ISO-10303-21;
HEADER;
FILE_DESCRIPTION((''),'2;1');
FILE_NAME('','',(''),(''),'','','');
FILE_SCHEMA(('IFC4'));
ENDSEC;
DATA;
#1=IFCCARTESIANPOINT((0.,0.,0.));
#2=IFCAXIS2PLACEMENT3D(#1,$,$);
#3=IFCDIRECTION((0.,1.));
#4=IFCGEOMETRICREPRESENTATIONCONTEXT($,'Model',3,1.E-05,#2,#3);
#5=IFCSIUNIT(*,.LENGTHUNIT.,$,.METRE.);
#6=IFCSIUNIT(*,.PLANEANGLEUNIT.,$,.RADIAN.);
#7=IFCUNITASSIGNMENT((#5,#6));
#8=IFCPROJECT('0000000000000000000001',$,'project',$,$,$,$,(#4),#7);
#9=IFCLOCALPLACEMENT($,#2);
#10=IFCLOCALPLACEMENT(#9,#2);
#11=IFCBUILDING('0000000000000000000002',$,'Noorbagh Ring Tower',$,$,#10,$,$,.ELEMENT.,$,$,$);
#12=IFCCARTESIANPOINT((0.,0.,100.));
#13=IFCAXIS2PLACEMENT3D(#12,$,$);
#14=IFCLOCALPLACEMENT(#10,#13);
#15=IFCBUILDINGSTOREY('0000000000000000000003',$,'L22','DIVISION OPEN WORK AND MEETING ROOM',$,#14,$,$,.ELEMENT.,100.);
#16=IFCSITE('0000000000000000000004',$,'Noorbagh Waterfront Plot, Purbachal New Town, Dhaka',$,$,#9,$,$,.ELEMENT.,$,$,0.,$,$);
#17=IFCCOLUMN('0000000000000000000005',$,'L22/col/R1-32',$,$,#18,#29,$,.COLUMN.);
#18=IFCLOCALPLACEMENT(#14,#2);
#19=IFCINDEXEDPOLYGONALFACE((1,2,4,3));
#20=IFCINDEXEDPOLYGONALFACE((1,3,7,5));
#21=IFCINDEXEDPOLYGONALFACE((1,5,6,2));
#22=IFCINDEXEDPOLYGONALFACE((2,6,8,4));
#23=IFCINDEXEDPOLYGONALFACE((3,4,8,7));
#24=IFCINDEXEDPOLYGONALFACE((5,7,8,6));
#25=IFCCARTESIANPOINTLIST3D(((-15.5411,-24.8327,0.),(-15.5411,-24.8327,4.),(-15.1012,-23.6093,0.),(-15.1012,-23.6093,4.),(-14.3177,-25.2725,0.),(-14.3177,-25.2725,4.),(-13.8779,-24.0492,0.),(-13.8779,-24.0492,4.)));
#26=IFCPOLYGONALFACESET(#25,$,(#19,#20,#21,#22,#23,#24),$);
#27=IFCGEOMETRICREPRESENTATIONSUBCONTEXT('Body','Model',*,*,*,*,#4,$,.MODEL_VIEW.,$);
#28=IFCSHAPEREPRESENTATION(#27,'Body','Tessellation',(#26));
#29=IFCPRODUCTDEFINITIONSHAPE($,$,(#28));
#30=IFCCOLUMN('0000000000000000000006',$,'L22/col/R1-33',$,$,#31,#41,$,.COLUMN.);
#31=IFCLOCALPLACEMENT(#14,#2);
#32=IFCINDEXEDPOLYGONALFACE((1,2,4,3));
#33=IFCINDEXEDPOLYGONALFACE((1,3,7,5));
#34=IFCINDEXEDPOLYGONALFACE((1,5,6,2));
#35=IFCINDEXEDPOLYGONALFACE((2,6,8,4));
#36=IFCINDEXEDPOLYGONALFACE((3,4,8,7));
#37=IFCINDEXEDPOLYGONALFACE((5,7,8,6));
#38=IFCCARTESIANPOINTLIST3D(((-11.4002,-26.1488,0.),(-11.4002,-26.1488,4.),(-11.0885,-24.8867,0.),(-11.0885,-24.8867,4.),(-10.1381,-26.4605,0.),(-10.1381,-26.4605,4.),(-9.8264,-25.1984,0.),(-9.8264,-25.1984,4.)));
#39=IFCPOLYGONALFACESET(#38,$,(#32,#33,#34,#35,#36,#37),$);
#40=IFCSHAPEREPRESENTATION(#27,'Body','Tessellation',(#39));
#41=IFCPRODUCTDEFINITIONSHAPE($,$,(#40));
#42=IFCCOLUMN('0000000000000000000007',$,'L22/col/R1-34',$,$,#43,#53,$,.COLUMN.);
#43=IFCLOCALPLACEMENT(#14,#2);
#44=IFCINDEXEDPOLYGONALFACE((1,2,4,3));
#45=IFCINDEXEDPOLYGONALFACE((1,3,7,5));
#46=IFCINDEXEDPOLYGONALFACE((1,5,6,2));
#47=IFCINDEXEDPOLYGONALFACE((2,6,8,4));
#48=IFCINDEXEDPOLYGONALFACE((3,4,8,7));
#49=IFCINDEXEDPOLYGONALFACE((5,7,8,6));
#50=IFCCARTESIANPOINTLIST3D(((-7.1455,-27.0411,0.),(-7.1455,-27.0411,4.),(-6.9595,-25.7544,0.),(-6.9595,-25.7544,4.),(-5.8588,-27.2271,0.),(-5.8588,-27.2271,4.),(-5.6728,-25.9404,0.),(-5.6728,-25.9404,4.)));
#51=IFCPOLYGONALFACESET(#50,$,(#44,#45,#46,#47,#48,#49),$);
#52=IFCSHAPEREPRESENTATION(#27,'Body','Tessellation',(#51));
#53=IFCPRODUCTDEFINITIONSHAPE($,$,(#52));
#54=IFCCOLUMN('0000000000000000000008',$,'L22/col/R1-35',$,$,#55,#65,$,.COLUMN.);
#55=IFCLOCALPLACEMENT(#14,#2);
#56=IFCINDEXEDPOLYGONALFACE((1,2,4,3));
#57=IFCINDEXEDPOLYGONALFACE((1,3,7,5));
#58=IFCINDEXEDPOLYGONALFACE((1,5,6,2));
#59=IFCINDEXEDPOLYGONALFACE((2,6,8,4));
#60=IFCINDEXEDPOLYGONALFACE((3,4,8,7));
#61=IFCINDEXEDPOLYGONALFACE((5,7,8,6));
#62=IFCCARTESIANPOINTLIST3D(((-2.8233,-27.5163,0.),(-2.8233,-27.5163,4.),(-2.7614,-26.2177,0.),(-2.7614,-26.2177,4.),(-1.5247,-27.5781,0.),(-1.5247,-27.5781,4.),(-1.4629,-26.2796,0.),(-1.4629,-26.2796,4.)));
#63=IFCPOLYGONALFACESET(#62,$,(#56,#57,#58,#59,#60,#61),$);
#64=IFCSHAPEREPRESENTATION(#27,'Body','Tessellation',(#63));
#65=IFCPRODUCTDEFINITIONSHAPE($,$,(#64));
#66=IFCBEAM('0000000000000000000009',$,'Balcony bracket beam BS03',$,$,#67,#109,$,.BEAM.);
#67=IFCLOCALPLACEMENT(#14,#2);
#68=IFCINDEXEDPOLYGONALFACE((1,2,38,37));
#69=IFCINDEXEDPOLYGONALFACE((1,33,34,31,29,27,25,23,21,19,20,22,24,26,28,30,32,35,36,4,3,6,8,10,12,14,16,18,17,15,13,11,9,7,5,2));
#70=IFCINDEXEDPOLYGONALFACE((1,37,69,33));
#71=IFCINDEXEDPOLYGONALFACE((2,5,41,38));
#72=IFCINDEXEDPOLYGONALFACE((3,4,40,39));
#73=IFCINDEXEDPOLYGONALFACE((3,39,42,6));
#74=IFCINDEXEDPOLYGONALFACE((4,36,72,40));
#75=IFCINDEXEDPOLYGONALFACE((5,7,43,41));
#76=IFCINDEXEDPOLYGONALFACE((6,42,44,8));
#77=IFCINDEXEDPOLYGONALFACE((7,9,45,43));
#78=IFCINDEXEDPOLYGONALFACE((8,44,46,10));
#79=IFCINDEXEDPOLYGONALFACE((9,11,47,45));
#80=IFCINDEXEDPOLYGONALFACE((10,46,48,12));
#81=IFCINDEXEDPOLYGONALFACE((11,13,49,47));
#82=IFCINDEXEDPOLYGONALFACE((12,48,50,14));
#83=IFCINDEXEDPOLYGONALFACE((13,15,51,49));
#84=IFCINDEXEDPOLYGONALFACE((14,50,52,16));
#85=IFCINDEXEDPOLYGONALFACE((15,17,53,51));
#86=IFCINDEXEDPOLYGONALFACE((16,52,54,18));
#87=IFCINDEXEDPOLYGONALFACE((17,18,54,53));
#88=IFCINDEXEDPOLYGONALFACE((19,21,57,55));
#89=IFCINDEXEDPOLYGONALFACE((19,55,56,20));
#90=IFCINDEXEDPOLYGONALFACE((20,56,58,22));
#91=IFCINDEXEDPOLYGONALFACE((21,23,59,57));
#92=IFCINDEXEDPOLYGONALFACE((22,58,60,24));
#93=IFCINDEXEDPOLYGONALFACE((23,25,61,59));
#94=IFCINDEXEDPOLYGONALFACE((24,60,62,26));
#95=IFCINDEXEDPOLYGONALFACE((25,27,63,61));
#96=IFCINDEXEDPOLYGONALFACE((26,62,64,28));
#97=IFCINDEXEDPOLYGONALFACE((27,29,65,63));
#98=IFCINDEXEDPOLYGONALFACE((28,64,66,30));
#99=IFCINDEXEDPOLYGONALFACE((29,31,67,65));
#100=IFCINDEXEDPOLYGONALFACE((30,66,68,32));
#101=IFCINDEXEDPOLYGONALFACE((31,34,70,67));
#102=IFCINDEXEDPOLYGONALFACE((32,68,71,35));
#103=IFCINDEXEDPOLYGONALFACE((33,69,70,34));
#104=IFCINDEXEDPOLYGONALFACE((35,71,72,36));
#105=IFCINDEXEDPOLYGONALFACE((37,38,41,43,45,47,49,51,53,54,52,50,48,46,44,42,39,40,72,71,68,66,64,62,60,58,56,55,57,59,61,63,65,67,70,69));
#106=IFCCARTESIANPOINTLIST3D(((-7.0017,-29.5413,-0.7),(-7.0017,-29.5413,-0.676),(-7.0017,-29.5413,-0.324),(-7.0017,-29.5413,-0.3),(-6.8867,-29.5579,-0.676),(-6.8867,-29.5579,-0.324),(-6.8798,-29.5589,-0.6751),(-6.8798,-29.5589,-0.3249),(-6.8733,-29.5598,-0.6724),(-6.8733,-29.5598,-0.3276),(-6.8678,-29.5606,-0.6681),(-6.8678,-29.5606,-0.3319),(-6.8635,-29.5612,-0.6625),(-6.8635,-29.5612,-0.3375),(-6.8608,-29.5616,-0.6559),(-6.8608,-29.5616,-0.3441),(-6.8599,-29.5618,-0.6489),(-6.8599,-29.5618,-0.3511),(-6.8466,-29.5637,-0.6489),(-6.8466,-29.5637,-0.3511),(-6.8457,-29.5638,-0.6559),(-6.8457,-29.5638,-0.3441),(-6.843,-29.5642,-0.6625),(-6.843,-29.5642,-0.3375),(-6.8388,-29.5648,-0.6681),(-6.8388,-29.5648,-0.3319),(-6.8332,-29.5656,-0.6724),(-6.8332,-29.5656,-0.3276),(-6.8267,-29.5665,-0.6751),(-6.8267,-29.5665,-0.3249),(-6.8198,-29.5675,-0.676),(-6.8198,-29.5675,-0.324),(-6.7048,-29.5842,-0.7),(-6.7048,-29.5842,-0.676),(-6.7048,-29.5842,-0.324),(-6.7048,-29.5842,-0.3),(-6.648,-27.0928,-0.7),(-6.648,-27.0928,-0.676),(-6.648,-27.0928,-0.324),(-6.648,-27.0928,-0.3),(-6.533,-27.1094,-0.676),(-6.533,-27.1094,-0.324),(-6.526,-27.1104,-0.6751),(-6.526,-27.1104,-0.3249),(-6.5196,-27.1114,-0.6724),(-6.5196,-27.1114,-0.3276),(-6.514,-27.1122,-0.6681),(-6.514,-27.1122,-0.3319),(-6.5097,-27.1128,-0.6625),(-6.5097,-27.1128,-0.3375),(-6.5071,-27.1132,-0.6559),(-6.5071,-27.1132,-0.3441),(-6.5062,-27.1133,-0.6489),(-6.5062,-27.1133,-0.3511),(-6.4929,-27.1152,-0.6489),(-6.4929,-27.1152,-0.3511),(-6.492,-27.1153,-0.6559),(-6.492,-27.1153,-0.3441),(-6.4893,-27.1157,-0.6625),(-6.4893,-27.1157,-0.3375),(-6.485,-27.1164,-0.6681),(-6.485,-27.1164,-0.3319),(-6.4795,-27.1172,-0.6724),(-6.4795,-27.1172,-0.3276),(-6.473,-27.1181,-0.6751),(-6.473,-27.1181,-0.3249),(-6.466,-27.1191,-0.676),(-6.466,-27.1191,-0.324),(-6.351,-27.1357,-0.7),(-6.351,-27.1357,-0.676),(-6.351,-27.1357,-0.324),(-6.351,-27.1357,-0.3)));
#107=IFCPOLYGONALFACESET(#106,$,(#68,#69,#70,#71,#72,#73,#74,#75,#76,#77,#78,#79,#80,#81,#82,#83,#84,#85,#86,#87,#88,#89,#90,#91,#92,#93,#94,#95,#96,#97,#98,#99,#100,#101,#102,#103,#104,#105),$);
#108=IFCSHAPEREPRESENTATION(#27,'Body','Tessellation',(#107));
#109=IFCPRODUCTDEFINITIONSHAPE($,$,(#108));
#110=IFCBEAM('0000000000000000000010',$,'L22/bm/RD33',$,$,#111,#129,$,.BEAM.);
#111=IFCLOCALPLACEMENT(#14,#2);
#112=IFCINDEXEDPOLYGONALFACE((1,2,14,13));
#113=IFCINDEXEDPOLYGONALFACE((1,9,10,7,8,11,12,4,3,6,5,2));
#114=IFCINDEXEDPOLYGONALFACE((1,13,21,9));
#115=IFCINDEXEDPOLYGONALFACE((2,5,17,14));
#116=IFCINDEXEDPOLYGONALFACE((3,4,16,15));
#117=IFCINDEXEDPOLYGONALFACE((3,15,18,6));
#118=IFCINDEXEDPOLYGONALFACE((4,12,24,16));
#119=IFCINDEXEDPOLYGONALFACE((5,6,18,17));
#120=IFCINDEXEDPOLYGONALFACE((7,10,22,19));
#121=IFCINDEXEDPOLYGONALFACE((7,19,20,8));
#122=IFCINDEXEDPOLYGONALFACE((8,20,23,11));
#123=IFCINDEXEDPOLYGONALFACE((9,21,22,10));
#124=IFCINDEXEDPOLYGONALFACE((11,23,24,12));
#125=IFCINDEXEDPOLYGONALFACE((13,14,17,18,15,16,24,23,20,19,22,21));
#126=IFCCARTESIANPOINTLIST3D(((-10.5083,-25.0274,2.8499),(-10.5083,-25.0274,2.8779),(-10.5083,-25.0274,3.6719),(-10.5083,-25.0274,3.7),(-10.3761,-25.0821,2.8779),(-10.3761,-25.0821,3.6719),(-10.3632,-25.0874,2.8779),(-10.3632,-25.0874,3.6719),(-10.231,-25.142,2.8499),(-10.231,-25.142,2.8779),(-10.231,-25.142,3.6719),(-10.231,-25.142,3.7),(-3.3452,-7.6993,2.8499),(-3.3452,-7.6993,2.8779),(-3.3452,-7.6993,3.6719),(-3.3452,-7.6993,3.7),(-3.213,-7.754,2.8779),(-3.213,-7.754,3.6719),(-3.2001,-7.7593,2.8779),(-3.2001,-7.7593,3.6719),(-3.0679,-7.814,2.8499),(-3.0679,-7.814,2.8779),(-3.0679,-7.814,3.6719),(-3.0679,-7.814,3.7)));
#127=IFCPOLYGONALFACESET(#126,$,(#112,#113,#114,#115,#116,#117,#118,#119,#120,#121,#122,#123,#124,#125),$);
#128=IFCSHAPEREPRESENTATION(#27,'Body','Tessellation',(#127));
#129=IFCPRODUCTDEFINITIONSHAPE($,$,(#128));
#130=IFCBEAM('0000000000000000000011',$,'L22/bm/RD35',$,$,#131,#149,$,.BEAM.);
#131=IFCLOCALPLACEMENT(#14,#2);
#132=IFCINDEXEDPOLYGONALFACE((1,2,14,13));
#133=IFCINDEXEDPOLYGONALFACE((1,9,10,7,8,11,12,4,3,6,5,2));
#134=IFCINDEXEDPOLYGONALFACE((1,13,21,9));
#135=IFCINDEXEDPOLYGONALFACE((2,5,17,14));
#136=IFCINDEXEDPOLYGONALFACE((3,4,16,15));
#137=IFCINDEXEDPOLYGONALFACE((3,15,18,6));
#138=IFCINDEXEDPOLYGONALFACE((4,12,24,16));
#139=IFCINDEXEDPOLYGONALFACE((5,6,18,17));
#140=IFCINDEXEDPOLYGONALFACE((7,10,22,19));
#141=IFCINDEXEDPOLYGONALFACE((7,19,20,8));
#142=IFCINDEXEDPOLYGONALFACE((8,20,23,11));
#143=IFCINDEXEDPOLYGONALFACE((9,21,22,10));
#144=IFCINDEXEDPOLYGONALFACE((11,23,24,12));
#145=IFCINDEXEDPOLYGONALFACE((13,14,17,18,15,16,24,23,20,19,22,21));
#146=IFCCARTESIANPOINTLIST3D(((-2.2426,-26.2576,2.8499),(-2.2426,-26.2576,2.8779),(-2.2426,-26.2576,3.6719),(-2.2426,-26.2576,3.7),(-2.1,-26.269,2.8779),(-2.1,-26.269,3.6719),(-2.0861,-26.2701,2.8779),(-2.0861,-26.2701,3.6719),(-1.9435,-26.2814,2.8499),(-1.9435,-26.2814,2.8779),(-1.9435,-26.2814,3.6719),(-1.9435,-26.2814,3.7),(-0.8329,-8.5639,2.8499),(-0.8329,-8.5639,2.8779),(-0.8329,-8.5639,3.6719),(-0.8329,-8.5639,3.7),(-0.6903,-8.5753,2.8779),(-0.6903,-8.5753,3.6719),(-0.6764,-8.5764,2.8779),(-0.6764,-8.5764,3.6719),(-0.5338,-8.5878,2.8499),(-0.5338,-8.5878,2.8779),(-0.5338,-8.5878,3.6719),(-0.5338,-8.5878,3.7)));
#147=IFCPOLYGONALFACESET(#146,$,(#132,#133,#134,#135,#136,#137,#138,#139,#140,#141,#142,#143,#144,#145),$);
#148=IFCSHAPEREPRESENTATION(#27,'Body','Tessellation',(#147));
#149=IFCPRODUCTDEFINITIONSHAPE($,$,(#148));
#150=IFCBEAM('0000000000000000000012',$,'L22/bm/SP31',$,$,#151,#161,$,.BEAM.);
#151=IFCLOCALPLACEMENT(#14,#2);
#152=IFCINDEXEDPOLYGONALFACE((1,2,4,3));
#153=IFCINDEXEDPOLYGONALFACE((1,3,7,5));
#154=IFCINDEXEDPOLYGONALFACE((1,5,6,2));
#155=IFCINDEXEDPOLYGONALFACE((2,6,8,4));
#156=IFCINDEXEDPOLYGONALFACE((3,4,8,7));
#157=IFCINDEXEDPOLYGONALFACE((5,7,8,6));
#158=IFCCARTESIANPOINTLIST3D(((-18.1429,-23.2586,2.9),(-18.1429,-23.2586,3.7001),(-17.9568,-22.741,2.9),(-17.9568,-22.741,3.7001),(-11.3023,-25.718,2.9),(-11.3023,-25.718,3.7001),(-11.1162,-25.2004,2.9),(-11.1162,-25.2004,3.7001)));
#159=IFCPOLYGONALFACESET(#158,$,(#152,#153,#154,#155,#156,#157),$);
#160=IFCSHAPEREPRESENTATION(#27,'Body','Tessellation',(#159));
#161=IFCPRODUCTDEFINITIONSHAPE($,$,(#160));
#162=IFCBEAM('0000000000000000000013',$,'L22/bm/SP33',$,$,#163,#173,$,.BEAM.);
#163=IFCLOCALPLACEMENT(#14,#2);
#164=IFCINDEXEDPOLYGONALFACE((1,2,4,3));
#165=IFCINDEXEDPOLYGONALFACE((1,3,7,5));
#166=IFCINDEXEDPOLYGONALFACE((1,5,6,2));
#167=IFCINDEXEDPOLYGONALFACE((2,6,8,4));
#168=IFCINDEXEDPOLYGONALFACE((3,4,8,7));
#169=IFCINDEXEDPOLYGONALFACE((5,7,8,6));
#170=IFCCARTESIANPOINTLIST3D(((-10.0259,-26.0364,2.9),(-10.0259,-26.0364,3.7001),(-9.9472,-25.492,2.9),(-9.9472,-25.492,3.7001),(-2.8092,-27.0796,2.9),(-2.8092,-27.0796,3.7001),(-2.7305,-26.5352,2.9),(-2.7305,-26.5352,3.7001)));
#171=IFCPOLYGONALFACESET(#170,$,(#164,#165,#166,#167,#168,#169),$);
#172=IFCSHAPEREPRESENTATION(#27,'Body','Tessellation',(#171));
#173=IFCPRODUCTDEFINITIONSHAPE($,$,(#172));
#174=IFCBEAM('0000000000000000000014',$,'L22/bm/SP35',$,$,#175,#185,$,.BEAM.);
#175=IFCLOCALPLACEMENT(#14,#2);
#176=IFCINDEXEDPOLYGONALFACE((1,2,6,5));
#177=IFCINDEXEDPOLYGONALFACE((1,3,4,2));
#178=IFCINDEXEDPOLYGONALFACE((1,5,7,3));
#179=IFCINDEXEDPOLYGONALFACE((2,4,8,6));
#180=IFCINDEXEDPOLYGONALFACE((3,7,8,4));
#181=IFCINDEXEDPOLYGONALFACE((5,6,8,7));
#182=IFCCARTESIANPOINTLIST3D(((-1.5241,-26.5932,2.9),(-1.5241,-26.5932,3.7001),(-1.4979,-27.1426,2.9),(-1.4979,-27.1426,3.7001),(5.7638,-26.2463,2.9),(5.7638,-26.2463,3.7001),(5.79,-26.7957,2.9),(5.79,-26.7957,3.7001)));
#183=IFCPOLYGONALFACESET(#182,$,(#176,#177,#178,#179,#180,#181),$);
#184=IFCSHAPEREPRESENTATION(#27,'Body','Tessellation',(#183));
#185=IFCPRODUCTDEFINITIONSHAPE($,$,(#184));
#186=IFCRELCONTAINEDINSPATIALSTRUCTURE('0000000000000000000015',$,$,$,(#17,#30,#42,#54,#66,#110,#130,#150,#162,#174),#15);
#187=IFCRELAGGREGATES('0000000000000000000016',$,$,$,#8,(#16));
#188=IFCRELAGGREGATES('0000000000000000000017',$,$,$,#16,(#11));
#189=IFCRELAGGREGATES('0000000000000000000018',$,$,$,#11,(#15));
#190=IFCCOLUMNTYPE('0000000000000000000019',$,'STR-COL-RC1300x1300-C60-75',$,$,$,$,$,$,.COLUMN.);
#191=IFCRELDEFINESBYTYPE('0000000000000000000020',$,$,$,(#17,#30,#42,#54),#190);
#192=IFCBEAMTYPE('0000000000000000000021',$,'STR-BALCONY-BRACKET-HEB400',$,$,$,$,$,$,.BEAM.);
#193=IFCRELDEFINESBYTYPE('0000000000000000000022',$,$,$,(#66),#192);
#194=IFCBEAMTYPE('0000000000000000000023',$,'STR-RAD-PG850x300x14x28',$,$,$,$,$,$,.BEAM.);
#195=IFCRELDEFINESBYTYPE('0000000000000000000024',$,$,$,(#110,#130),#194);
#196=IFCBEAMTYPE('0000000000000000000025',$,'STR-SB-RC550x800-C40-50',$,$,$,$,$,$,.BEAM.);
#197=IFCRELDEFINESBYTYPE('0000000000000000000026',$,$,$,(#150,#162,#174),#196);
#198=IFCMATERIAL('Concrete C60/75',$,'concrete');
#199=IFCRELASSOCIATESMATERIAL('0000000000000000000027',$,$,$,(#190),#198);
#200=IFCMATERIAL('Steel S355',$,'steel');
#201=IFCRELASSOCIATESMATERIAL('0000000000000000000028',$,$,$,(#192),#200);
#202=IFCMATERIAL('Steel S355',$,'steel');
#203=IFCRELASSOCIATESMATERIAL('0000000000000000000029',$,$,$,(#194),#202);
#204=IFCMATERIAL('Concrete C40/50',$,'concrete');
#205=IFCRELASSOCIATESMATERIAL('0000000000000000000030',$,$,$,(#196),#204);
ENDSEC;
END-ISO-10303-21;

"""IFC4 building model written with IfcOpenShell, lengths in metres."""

from ifc_helpers import new_model, si_unit, direction, frame, origin, origin_2d, place, context, subcontext, project, spatial, rectangle, i_section, extrude, material, material_profile, profile_set, type_object, element, save


model = new_model("IFC4")

# Units and contexts
model_context = context("Model", 3, precision=1e-05, world=origin(), true_north=direction((0.0, 1.0)))
body_context = subcontext(model_context, "Body", "Model", "MODEL_VIEW")
ifc_project = project(units=[si_unit("LENGTHUNIT", "METRE"), si_unit("PLANEANGLEUNIT", "RADIAN")], contexts=[model_context])

# Site, building, storey
site_placement = place(None, origin())
site = spatial("IfcSite", under=ifc_project, at=site_placement, Name="Noorbagh Waterfront Plot, Purbachal New Town, Dhaka", CompositionType="ELEMENT", RefElevation=0.0)
building_placement = place(site_placement, origin())
building = spatial("IfcBuilding", under=site, at=building_placement, Name="Noorbagh Ring Tower", CompositionType="ELEMENT")
storey_placement = place(building_placement, frame((0.0, 0.0, 100.0)))
storey = spatial("IfcBuildingStorey", under=building, at=storey_placement, Name="L22", Description="DIVISION OPEN WORK AND MEETING ROOM", CompositionType="ELEMENT", Elevation=100.0)

# Columns
ifc_material_1 = material(Name="Concrete C60/75", Category="concrete")
ifc_material_profile_1 = material_profile(ifc_material_1, rectangle(XDim=1.3, YDim=1.3, at=origin_2d()), Name="RC1300x1300")
ifc_profile_set_1 = profile_set([ifc_material_profile_1], Name="Concrete C60/75")
column_type = type_object("IfcColumnType", Name="STR-COL-RC1300x1300-C60-75", PredefinedType="COLUMN", material=ifc_profile_set_1)
for number, where, z_axis, x_axis, name in (
    (1, (-14.7095, -24.4409, 0.0), (0.0, 0.0, 1.0), (0.941025, -0.338338, 0.0), "L22/col/R1-32"),
    (2, (-10.6133, -25.6736, 0.0), (0.0, 0.0, 1.0), (0.970829, -0.239771, 0.0), "L22/col/R1-33"),
    (3, (-6.4092, -26.4907, 0.0), (0.0, 0.0, 1.0), (0.989713, -0.143066, 0.0), "L22/col/R1-34"),
    (4, (-2.1431, -26.8979, 0.0), (0.0, 0.0, 1.0), (0.998869, -0.047553, 0.0), "L22/col/R1-35"),
):
    element("IfcColumn", number, at=place(storey_placement, frame(where, z_axis=z_axis, x_axis=x_axis)), inside=storey, type_object=column_type, Name=name, PredefinedType="COLUMN", context=body_context, shape_type="SweptSolid", body=[
        extrude(rectangle(XDim=1.3, YDim=1.3, at=origin_2d()), origin(), (0.0, 0.0, 1.0), 4.0),
    ])

# Beams
ifc_material_2 = material(Name="Steel S355", Category="steel")
ifc_material_profile_2 = material_profile(ifc_material_2, i_section(OverallWidth=0.3, OverallDepth=0.3999, WebThickness=0.0134, FlangeThickness=0.0239, FilletRadius=0.0271, at=origin_2d()), Name="HEB400")
ifc_profile_set_2 = profile_set([ifc_material_profile_2], Name="Steel S355")
beam_type_1 = type_object("IfcBeamType", Name="STR-BALCONY-BRACKET-HEB400", PredefinedType="BEAM", material=ifc_profile_set_2)
beam_1_placement = place(storey_placement, frame((-6.4995, -27.1143, -0.5), z_axis=(-0.142996, -0.989723, 0.0), x_axis=(0.989723, -0.142996, 0.0)))
element("IfcBeam", 5, at=beam_1_placement, inside=storey, type_object=beam_type_1, Name="Balcony bracket beam BS03", PredefinedType="BEAM", context=body_context, shape_type="SweptSolid", body=[
    extrude(i_section(OverallWidth=0.3, OverallDepth=0.3999, WebThickness=0.0134, FlangeThickness=0.0239, FilletRadius=0.0271, at=origin_2d()), origin(), (0.0, 0.0, 1.0), 2.4739),
])
ifc_material_3 = material(Name="Steel S355", Category="steel")
ifc_material_profile_3 = material_profile(ifc_material_3, i_section(OverallWidth=0.3, OverallDepth=0.8501, WebThickness=0.0139, FlangeThickness=0.0281, at=origin_2d()), Name="PG850x300x14x28")
ifc_profile_set_3 = profile_set([ifc_material_profile_3], Name="Steel S355")
beam_type_2 = type_object("IfcBeamType", Name="STR-RAD-PG850x300x14x28", PredefinedType="BEAM", material=ifc_profile_set_3)
beam_2_placement = place(storey_placement, frame((-10.3696, -25.0847, 3.2749), z_axis=(0.382025, 0.924152, 0.0), x_axis=(-0.924152, 0.382025, 0.0)))
element("IfcBeam", 6, at=beam_2_placement, inside=storey, type_object=beam_type_2, Name="L22/bm/RD33", PredefinedType="BEAM", context=body_context, shape_type="SweptSolid", body=[
    extrude(i_section(OverallWidth=0.3, OverallDepth=0.8501, WebThickness=0.0139, FlangeThickness=0.0281, at=origin_2d()), origin(), (0.0, 0.0, 1.0), 18.7502),
])
beam_3_placement = place(storey_placement, frame((-2.093, -26.2695, 3.2749), z_axis=(0.079419, 0.996841, 0.0), x_axis=(-0.996841, 0.079419, 0.0)))
element("IfcBeam", 7, at=beam_3_placement, inside=storey, type_object=beam_type_2, Name="L22/bm/RD35", PredefinedType="BEAM", context=body_context, shape_type="SweptSolid", body=[
    extrude(i_section(OverallWidth=0.3, OverallDepth=0.8501, WebThickness=0.0139, FlangeThickness=0.0281, at=origin_2d()), origin(), (0.0, 0.0, 1.0), 17.7498),
])
ifc_material_4 = material(Name="Concrete C40/50", Category="concrete")
ifc_material_profile_4 = material_profile(ifc_material_4, rectangle(XDim=0.55, YDim=0.8, at=origin_2d()), Name="RC550x800")
ifc_profile_set_4 = profile_set([ifc_material_profile_4], Name="Concrete C40/50")
beam_type_3 = type_object("IfcBeamType", Name="STR-SB-RC550x800-C40-50", PredefinedType="BEAM", material=ifc_profile_set_4)
beam_4_placement = place(storey_placement, frame((-18.0498, -22.9998, 3.3), z_axis=(0.941025, -0.338338, 0.0), x_axis=(0.338338, 0.941025, 0.0)))
element("IfcBeam", 8, at=beam_4_placement, inside=storey, type_object=beam_type_3, Name="L22/bm/SP31", PredefinedType="BEAM", context=body_context, shape_type="SweptSolid", body=[
    extrude(rectangle(XDim=0.55, YDim=0.8, at=origin_2d()), origin(), (0.0, 0.0, 1.0), 7.2693),
])
beam_5_placement = place(storey_placement, frame((-9.9866, -25.7642, 3.3), z_axis=(0.989713, -0.143066, 0.0), x_axis=(0.143066, 0.989713, 0.0)))
element("IfcBeam", 9, at=beam_5_placement, inside=storey, type_object=beam_type_3, Name="L22/bm/SP33", PredefinedType="BEAM", context=body_context, shape_type="SweptSolid", body=[
    extrude(rectangle(XDim=0.55, YDim=0.8, at=origin_2d()), origin(), (0.0, 0.0, 1.0), 7.2917),
])
beam_6_placement = place(storey_placement, frame((-1.511, -26.8679, 3.3), z_axis=(0.998869, 0.047549, 0.0), x_axis=(-0.047549, 0.998869, 0.0)))
element("IfcBeam", 10, at=beam_6_placement, inside=storey, type_object=beam_type_3, Name="L22/bm/SP35", PredefinedType="BEAM", context=body_context, shape_type="SweptSolid", body=[
    extrude(rectangle(XDim=0.55, YDim=0.8, at=origin_2d()), origin(), (0.0, 0.0, 1.0), 7.2961),
])

save(model, "model.ifc")
